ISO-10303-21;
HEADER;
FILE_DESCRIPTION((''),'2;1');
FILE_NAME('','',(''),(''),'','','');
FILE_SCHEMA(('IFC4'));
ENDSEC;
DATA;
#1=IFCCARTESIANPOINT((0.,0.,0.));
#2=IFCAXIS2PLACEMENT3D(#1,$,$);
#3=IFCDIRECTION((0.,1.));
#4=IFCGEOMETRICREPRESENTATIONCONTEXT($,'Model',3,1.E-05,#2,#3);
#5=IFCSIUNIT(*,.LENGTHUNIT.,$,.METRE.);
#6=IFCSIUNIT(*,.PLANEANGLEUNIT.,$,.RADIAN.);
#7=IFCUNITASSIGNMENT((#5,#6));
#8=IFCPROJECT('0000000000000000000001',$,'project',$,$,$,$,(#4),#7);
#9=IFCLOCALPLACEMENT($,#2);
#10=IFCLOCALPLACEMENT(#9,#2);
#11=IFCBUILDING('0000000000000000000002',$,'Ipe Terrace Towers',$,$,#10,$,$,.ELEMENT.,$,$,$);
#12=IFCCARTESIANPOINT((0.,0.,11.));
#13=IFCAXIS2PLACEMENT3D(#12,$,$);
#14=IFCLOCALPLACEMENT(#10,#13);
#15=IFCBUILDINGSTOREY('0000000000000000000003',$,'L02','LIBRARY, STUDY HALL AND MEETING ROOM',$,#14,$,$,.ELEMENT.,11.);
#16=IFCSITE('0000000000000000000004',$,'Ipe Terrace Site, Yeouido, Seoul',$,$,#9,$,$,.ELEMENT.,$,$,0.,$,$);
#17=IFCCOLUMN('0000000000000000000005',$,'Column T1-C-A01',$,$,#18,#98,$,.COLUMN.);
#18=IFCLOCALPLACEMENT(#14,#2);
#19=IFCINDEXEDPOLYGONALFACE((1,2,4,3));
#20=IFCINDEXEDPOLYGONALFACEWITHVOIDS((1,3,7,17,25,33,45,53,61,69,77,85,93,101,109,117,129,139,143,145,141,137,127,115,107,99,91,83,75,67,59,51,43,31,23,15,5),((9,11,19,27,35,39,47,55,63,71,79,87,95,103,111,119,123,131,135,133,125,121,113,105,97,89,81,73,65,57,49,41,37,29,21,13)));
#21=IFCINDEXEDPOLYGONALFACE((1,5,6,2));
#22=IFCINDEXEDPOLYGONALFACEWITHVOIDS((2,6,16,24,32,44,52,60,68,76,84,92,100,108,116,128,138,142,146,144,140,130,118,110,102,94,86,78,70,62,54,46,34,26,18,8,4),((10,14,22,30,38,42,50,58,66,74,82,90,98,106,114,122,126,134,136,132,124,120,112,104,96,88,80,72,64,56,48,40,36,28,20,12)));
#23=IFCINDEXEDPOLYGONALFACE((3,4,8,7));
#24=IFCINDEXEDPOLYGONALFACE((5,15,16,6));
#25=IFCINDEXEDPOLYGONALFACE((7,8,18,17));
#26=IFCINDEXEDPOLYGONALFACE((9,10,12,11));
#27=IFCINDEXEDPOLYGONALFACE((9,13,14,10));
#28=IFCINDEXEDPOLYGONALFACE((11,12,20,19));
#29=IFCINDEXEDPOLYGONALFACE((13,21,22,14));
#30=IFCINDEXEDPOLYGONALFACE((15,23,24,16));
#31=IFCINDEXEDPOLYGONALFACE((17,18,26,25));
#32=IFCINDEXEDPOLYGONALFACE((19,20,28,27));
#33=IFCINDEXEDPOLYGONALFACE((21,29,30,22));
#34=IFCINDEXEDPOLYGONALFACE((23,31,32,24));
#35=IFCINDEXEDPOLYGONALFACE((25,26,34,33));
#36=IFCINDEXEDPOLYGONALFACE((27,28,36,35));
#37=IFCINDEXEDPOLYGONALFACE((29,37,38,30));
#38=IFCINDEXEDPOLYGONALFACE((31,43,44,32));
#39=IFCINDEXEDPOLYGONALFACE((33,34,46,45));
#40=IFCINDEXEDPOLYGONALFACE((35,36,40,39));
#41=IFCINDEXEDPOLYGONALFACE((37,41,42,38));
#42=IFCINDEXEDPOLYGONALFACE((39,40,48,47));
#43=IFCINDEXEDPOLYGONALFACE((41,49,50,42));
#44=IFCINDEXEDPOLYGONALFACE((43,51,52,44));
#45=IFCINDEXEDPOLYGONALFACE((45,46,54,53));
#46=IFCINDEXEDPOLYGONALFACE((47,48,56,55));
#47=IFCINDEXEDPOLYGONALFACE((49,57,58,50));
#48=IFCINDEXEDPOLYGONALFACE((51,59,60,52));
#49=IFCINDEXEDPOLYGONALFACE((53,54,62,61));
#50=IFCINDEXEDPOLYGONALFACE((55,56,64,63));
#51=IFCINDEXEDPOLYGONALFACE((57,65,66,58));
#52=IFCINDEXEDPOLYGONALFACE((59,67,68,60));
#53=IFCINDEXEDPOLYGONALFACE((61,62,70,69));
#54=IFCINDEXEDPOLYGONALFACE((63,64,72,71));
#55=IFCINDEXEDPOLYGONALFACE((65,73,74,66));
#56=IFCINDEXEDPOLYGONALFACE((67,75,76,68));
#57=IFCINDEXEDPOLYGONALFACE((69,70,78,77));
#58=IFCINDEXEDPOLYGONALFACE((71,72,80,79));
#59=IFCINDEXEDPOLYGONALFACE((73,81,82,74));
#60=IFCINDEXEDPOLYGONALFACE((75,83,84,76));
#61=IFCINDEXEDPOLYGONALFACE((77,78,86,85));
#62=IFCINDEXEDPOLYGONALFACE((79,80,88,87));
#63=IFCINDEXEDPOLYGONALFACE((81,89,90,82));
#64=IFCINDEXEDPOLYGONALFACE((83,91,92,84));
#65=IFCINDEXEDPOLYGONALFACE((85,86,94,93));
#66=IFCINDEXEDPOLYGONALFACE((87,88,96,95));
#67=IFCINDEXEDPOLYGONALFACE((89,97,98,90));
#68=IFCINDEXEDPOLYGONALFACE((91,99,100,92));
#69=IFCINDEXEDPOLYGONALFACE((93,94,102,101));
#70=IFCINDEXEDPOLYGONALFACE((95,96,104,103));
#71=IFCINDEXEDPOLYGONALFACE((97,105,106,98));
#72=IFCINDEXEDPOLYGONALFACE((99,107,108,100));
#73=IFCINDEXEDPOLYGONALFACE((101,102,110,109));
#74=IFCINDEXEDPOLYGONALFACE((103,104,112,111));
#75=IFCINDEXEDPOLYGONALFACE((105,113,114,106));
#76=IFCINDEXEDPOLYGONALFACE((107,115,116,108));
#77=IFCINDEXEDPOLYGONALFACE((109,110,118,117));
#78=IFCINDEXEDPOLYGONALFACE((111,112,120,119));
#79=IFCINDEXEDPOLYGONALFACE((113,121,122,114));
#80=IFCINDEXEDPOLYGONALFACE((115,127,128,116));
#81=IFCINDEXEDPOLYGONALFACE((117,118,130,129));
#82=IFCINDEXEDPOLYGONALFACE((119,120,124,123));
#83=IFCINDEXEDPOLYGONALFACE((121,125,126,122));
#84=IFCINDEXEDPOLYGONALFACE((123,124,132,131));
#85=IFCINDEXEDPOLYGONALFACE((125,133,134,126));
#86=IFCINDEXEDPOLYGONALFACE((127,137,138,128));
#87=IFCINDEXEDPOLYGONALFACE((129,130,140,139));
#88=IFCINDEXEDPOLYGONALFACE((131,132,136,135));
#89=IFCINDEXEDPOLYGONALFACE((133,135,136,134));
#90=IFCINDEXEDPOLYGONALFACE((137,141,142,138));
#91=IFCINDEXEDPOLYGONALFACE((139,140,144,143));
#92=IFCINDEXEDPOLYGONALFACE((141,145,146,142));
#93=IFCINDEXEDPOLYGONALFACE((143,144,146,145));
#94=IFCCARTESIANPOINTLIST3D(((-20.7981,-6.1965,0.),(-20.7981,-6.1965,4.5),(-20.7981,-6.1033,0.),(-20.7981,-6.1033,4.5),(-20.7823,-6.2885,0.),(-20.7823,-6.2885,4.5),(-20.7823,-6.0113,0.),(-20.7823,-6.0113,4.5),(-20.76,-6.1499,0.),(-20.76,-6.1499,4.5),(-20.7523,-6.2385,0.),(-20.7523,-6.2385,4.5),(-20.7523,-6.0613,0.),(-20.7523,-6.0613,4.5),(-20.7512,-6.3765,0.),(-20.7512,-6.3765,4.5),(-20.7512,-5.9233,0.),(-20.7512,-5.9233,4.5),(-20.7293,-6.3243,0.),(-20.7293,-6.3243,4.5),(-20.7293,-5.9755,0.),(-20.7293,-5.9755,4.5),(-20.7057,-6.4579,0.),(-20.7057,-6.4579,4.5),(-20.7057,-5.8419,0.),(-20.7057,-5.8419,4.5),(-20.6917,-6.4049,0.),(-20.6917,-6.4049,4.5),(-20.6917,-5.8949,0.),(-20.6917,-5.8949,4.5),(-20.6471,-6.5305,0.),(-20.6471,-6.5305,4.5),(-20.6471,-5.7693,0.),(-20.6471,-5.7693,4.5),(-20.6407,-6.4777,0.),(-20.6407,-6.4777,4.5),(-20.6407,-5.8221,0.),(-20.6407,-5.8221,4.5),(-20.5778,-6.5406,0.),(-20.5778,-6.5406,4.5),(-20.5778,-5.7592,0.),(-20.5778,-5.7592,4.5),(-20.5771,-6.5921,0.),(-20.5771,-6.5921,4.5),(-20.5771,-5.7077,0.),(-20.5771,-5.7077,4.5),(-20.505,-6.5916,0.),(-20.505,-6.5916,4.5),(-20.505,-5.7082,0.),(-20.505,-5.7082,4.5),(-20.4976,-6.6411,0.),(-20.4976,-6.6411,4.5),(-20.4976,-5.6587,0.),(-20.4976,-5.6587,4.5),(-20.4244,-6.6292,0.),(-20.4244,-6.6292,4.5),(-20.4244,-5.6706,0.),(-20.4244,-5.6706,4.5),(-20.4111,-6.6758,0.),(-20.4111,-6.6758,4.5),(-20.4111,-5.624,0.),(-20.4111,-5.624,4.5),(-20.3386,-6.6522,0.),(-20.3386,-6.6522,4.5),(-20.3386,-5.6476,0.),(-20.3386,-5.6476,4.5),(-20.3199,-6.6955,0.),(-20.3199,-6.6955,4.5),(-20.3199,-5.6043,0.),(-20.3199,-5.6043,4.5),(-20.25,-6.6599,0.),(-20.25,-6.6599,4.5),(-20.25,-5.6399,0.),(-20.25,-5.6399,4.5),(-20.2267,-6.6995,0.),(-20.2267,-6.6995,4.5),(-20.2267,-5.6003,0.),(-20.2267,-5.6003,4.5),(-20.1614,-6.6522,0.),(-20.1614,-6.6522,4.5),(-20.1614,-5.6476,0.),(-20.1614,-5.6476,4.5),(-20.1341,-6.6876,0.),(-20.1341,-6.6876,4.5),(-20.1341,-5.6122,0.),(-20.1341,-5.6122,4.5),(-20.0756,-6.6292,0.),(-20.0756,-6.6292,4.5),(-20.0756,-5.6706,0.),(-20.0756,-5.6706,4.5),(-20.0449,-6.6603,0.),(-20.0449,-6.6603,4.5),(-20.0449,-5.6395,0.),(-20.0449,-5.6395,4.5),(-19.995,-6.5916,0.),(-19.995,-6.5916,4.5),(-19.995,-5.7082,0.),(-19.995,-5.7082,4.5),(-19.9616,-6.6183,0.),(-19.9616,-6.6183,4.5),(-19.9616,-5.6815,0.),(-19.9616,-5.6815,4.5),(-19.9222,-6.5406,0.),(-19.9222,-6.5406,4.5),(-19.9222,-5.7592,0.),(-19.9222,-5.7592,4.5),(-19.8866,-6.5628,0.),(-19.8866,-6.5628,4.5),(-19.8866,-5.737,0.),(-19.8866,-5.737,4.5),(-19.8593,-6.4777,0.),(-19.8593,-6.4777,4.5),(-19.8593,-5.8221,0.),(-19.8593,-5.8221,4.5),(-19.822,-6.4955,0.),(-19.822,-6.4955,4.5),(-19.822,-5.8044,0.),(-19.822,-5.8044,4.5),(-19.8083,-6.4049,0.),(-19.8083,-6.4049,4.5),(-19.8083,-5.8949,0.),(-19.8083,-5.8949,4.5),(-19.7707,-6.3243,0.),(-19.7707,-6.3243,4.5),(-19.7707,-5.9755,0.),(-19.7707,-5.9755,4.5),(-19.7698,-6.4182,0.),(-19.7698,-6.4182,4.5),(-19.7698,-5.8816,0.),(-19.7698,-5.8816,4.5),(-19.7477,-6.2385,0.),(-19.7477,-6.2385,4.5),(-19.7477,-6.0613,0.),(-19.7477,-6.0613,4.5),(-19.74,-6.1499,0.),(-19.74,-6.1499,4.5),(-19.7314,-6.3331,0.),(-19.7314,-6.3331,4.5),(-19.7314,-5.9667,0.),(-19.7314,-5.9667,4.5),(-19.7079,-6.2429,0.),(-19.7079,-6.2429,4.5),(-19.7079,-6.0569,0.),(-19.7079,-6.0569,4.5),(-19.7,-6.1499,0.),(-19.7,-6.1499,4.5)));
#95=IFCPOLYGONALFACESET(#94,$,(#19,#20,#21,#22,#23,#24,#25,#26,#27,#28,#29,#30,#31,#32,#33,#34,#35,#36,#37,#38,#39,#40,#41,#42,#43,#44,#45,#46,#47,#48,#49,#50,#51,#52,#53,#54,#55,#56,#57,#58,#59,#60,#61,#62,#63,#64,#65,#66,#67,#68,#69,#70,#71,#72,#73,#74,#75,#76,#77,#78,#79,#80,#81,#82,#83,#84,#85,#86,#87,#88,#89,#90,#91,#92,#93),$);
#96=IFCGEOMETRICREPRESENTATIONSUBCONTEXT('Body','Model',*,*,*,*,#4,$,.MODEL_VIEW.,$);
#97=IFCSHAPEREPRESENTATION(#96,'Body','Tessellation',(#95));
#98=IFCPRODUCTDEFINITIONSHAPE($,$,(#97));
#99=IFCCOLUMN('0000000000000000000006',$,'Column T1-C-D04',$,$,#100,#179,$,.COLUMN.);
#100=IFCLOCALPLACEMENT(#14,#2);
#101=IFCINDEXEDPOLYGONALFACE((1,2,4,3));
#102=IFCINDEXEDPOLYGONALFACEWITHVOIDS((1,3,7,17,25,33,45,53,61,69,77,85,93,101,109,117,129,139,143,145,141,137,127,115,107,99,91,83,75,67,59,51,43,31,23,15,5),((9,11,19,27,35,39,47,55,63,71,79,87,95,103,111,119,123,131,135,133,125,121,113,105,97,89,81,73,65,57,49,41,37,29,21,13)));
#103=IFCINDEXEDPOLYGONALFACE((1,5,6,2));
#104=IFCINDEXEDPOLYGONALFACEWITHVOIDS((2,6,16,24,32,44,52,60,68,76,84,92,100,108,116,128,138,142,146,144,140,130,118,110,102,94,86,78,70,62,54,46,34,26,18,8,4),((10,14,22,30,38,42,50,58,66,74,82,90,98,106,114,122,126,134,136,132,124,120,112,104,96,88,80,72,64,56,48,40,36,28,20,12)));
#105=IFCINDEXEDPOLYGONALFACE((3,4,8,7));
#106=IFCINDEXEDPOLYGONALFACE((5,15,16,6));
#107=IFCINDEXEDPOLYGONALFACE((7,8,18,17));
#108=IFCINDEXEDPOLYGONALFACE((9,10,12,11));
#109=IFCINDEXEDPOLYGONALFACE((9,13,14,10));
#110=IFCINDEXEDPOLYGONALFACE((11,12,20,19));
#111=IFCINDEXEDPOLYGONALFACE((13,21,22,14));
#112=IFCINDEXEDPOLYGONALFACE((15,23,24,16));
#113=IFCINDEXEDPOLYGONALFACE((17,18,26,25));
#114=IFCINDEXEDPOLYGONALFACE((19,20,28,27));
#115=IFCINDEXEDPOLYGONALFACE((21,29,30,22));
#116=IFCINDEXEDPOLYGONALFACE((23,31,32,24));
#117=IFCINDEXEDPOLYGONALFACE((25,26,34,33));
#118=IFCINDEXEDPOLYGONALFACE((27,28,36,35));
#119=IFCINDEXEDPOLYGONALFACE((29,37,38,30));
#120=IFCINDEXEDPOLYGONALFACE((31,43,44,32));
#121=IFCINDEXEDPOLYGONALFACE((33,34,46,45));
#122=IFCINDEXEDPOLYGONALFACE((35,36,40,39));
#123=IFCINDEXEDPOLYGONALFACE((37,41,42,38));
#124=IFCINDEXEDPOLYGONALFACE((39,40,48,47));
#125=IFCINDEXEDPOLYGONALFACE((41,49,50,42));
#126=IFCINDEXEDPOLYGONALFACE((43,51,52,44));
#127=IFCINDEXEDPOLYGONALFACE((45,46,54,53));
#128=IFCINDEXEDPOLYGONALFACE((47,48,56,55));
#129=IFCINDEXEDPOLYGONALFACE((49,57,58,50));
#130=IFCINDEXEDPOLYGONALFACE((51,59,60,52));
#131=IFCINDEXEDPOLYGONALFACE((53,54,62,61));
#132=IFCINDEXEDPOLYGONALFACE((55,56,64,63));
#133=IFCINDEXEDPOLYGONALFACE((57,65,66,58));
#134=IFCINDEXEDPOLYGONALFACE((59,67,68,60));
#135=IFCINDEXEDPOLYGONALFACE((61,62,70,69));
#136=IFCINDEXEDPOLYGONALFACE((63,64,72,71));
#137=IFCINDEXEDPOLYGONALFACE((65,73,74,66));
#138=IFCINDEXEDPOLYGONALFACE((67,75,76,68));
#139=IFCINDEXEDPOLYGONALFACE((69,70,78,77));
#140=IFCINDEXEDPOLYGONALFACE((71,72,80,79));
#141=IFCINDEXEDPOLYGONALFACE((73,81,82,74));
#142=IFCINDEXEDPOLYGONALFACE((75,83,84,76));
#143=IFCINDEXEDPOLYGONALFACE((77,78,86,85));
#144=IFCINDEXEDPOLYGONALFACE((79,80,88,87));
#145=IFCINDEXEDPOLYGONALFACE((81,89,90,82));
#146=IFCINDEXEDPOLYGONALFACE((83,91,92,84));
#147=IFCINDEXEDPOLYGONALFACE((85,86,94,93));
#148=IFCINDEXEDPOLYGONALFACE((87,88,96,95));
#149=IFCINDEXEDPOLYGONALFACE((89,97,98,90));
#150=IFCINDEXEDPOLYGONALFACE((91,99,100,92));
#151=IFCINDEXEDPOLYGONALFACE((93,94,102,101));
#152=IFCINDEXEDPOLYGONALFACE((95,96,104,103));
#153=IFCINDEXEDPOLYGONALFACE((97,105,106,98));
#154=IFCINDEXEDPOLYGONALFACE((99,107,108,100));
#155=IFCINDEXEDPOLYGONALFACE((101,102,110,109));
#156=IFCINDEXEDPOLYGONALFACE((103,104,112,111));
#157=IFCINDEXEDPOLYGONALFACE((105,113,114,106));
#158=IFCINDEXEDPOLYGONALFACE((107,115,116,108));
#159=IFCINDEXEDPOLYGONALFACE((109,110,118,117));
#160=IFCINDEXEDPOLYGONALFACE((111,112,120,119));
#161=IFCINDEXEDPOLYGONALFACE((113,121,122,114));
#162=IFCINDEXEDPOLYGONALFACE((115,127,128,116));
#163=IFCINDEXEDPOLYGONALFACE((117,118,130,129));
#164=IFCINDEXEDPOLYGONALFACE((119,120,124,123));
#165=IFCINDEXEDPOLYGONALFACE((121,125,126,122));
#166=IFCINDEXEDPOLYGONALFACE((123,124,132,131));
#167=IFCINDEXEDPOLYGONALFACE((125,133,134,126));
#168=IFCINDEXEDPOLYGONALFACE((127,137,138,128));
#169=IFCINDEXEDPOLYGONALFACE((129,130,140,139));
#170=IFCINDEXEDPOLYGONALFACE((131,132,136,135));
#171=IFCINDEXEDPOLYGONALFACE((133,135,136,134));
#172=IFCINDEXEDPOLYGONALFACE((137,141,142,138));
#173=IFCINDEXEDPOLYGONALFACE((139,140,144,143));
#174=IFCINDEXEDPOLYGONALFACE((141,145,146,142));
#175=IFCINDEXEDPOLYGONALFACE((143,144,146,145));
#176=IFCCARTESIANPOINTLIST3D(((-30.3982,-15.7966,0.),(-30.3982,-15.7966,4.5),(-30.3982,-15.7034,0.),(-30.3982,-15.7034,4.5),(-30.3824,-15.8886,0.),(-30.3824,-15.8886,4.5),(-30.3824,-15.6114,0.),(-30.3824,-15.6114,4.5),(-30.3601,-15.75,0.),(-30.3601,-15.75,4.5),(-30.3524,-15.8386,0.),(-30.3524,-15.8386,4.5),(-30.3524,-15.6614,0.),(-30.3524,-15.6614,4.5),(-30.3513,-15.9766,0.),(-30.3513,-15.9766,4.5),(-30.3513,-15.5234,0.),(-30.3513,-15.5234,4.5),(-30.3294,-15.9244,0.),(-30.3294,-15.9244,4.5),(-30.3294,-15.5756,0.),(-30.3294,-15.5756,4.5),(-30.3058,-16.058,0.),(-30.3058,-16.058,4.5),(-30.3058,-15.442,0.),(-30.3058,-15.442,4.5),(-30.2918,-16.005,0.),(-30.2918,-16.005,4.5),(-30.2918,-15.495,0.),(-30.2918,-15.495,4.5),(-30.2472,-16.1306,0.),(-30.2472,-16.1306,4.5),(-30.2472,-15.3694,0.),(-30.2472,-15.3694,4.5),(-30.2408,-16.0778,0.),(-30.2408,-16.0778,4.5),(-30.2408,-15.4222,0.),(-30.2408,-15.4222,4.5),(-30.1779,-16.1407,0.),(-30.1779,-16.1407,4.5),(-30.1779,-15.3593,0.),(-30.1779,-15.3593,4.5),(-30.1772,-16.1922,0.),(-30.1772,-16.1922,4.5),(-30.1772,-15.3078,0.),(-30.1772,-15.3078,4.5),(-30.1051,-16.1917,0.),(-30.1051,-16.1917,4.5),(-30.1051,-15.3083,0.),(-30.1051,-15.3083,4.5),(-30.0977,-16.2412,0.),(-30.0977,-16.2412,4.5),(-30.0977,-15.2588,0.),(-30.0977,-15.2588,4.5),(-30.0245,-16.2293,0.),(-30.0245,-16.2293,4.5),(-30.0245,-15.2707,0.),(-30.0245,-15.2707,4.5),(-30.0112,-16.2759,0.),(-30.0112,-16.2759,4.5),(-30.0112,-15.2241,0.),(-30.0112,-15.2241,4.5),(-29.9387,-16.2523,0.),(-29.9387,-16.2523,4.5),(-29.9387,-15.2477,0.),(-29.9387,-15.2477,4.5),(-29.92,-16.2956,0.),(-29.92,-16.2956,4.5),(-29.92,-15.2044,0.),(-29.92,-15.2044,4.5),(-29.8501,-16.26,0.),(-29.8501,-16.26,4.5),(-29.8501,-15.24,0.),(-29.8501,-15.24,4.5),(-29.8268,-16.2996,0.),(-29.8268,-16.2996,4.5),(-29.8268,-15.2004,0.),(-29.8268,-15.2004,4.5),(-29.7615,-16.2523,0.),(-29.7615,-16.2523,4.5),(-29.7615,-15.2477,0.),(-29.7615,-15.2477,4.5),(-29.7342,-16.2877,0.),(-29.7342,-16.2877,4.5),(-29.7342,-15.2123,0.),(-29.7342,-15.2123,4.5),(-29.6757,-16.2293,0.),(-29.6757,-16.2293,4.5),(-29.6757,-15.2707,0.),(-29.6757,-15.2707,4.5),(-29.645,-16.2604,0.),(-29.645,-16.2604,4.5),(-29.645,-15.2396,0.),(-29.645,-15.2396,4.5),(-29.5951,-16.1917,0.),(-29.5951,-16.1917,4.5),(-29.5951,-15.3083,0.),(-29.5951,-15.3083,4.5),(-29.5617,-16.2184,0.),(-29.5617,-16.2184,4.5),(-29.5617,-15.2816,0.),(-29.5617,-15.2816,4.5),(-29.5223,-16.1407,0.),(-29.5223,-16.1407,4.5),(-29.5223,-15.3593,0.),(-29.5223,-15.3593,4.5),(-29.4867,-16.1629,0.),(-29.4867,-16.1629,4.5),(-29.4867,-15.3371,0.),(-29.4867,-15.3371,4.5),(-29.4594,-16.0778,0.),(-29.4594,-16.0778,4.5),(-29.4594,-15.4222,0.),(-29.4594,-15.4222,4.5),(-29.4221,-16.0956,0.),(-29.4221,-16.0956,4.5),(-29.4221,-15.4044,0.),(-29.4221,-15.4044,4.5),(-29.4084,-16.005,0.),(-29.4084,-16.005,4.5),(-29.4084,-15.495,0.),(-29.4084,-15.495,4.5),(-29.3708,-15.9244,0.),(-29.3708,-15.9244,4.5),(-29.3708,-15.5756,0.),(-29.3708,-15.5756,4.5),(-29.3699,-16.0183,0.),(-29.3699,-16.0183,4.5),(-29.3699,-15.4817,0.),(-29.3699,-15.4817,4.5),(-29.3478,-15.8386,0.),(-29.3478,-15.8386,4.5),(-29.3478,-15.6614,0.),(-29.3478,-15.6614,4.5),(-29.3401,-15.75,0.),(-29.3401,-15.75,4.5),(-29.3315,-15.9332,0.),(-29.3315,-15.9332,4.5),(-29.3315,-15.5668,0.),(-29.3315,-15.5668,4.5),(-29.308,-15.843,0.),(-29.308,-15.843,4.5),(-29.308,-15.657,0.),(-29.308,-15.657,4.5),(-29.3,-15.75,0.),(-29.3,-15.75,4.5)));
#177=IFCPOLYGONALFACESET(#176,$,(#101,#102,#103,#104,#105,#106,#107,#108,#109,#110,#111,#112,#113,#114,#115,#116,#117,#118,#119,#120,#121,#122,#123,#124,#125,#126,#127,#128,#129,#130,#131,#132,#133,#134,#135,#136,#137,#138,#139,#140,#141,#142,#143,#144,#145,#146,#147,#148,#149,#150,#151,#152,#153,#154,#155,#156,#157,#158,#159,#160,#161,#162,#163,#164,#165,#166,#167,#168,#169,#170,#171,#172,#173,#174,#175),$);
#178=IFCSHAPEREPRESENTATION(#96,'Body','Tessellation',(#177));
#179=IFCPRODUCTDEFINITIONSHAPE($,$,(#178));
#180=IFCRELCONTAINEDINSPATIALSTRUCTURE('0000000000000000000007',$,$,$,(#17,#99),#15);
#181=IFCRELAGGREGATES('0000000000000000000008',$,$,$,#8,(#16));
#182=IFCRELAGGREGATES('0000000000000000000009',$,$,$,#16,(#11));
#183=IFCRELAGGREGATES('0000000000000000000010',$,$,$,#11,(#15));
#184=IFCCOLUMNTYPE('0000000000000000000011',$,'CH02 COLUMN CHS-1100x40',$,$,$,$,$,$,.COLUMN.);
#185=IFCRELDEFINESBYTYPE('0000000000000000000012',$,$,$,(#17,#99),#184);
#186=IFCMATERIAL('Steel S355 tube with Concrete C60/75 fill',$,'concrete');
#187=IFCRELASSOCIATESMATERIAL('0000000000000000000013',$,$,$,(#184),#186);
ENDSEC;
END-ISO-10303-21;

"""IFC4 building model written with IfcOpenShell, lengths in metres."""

from ifc_helpers import new_model, si_unit, direction, frame, origin, origin_2d, place, context, subcontext, project, spatial, hollow_circle, extrude, material, material_profile, profile_set, type_object, element, save


model = new_model("IFC4")

# Units and contexts
model_context = context("Model", 3, precision=1e-05, world=origin(), true_north=direction((0.0, 1.0)))
body_context = subcontext(model_context, "Body", "Model", "MODEL_VIEW")
ifc_project = project(units=[si_unit("LENGTHUNIT", "METRE"), si_unit("PLANEANGLEUNIT", "RADIAN")], contexts=[model_context])

# Site, building, storey
site_placement = place(None, origin())
site = spatial("IfcSite", under=ifc_project, at=site_placement, Name="Ipe Terrace Site, Yeouido, Seoul", CompositionType="ELEMENT", RefElevation=0.0)
building_placement = place(site_placement, origin())
building = spatial("IfcBuilding", under=site, at=building_placement, Name="Ipe Terrace Towers", CompositionType="ELEMENT")
storey_placement = place(building_placement, frame((0.0, 0.0, 11.0)))
storey = spatial("IfcBuildingStorey", under=building, at=storey_placement, Name="L02", Description="LIBRARY, STUDY HALL AND MEETING ROOM", CompositionType="ELEMENT", Elevation=11.0)

# Columns
ifc_material_1 = material(Name="Steel S355 tube with Concrete C60/75 fill", Category="concrete")
ifc_material_profile_1 = material_profile(ifc_material_1, hollow_circle(Radius=0.55, WallThickness=0.04, at=origin_2d()), Name="CHS-1100x40")
ifc_profile_set_1 = profile_set([ifc_material_profile_1], Name="Steel S355 tube with Concrete C60/75 fill")
column_type_1 = type_object("IfcColumnType", Name="CH02 COLUMN CHS-1100x40", PredefinedType="COLUMN", material=ifc_profile_set_1)
for number, where, z_axis, x_axis, name in (
    (1, (-20.25, -6.1499, 0.0), (0.0, 0.0, 1.0), (1.0, 0.0, 0.0), "Column T1-C-A01"),
    (2, (-29.8501, -15.75, 0.0), (0.0, 0.0, 1.0), (1.0, 0.0, 0.0), "Column T1-C-D04"),
):
    element("IfcColumn", number, at=place(storey_placement, frame(where, z_axis=z_axis, x_axis=x_axis)), inside=storey, type_object=column_type_1, Name=name, PredefinedType="COLUMN", context=body_context, shape_type="SweptSolid", body=[
        extrude(hollow_circle(Radius=0.55, WallThickness=0.04, at=origin_2d()), origin(), (0.0, 0.0, 1.0), 4.5),
    ])

save(model, "model.ifc")
